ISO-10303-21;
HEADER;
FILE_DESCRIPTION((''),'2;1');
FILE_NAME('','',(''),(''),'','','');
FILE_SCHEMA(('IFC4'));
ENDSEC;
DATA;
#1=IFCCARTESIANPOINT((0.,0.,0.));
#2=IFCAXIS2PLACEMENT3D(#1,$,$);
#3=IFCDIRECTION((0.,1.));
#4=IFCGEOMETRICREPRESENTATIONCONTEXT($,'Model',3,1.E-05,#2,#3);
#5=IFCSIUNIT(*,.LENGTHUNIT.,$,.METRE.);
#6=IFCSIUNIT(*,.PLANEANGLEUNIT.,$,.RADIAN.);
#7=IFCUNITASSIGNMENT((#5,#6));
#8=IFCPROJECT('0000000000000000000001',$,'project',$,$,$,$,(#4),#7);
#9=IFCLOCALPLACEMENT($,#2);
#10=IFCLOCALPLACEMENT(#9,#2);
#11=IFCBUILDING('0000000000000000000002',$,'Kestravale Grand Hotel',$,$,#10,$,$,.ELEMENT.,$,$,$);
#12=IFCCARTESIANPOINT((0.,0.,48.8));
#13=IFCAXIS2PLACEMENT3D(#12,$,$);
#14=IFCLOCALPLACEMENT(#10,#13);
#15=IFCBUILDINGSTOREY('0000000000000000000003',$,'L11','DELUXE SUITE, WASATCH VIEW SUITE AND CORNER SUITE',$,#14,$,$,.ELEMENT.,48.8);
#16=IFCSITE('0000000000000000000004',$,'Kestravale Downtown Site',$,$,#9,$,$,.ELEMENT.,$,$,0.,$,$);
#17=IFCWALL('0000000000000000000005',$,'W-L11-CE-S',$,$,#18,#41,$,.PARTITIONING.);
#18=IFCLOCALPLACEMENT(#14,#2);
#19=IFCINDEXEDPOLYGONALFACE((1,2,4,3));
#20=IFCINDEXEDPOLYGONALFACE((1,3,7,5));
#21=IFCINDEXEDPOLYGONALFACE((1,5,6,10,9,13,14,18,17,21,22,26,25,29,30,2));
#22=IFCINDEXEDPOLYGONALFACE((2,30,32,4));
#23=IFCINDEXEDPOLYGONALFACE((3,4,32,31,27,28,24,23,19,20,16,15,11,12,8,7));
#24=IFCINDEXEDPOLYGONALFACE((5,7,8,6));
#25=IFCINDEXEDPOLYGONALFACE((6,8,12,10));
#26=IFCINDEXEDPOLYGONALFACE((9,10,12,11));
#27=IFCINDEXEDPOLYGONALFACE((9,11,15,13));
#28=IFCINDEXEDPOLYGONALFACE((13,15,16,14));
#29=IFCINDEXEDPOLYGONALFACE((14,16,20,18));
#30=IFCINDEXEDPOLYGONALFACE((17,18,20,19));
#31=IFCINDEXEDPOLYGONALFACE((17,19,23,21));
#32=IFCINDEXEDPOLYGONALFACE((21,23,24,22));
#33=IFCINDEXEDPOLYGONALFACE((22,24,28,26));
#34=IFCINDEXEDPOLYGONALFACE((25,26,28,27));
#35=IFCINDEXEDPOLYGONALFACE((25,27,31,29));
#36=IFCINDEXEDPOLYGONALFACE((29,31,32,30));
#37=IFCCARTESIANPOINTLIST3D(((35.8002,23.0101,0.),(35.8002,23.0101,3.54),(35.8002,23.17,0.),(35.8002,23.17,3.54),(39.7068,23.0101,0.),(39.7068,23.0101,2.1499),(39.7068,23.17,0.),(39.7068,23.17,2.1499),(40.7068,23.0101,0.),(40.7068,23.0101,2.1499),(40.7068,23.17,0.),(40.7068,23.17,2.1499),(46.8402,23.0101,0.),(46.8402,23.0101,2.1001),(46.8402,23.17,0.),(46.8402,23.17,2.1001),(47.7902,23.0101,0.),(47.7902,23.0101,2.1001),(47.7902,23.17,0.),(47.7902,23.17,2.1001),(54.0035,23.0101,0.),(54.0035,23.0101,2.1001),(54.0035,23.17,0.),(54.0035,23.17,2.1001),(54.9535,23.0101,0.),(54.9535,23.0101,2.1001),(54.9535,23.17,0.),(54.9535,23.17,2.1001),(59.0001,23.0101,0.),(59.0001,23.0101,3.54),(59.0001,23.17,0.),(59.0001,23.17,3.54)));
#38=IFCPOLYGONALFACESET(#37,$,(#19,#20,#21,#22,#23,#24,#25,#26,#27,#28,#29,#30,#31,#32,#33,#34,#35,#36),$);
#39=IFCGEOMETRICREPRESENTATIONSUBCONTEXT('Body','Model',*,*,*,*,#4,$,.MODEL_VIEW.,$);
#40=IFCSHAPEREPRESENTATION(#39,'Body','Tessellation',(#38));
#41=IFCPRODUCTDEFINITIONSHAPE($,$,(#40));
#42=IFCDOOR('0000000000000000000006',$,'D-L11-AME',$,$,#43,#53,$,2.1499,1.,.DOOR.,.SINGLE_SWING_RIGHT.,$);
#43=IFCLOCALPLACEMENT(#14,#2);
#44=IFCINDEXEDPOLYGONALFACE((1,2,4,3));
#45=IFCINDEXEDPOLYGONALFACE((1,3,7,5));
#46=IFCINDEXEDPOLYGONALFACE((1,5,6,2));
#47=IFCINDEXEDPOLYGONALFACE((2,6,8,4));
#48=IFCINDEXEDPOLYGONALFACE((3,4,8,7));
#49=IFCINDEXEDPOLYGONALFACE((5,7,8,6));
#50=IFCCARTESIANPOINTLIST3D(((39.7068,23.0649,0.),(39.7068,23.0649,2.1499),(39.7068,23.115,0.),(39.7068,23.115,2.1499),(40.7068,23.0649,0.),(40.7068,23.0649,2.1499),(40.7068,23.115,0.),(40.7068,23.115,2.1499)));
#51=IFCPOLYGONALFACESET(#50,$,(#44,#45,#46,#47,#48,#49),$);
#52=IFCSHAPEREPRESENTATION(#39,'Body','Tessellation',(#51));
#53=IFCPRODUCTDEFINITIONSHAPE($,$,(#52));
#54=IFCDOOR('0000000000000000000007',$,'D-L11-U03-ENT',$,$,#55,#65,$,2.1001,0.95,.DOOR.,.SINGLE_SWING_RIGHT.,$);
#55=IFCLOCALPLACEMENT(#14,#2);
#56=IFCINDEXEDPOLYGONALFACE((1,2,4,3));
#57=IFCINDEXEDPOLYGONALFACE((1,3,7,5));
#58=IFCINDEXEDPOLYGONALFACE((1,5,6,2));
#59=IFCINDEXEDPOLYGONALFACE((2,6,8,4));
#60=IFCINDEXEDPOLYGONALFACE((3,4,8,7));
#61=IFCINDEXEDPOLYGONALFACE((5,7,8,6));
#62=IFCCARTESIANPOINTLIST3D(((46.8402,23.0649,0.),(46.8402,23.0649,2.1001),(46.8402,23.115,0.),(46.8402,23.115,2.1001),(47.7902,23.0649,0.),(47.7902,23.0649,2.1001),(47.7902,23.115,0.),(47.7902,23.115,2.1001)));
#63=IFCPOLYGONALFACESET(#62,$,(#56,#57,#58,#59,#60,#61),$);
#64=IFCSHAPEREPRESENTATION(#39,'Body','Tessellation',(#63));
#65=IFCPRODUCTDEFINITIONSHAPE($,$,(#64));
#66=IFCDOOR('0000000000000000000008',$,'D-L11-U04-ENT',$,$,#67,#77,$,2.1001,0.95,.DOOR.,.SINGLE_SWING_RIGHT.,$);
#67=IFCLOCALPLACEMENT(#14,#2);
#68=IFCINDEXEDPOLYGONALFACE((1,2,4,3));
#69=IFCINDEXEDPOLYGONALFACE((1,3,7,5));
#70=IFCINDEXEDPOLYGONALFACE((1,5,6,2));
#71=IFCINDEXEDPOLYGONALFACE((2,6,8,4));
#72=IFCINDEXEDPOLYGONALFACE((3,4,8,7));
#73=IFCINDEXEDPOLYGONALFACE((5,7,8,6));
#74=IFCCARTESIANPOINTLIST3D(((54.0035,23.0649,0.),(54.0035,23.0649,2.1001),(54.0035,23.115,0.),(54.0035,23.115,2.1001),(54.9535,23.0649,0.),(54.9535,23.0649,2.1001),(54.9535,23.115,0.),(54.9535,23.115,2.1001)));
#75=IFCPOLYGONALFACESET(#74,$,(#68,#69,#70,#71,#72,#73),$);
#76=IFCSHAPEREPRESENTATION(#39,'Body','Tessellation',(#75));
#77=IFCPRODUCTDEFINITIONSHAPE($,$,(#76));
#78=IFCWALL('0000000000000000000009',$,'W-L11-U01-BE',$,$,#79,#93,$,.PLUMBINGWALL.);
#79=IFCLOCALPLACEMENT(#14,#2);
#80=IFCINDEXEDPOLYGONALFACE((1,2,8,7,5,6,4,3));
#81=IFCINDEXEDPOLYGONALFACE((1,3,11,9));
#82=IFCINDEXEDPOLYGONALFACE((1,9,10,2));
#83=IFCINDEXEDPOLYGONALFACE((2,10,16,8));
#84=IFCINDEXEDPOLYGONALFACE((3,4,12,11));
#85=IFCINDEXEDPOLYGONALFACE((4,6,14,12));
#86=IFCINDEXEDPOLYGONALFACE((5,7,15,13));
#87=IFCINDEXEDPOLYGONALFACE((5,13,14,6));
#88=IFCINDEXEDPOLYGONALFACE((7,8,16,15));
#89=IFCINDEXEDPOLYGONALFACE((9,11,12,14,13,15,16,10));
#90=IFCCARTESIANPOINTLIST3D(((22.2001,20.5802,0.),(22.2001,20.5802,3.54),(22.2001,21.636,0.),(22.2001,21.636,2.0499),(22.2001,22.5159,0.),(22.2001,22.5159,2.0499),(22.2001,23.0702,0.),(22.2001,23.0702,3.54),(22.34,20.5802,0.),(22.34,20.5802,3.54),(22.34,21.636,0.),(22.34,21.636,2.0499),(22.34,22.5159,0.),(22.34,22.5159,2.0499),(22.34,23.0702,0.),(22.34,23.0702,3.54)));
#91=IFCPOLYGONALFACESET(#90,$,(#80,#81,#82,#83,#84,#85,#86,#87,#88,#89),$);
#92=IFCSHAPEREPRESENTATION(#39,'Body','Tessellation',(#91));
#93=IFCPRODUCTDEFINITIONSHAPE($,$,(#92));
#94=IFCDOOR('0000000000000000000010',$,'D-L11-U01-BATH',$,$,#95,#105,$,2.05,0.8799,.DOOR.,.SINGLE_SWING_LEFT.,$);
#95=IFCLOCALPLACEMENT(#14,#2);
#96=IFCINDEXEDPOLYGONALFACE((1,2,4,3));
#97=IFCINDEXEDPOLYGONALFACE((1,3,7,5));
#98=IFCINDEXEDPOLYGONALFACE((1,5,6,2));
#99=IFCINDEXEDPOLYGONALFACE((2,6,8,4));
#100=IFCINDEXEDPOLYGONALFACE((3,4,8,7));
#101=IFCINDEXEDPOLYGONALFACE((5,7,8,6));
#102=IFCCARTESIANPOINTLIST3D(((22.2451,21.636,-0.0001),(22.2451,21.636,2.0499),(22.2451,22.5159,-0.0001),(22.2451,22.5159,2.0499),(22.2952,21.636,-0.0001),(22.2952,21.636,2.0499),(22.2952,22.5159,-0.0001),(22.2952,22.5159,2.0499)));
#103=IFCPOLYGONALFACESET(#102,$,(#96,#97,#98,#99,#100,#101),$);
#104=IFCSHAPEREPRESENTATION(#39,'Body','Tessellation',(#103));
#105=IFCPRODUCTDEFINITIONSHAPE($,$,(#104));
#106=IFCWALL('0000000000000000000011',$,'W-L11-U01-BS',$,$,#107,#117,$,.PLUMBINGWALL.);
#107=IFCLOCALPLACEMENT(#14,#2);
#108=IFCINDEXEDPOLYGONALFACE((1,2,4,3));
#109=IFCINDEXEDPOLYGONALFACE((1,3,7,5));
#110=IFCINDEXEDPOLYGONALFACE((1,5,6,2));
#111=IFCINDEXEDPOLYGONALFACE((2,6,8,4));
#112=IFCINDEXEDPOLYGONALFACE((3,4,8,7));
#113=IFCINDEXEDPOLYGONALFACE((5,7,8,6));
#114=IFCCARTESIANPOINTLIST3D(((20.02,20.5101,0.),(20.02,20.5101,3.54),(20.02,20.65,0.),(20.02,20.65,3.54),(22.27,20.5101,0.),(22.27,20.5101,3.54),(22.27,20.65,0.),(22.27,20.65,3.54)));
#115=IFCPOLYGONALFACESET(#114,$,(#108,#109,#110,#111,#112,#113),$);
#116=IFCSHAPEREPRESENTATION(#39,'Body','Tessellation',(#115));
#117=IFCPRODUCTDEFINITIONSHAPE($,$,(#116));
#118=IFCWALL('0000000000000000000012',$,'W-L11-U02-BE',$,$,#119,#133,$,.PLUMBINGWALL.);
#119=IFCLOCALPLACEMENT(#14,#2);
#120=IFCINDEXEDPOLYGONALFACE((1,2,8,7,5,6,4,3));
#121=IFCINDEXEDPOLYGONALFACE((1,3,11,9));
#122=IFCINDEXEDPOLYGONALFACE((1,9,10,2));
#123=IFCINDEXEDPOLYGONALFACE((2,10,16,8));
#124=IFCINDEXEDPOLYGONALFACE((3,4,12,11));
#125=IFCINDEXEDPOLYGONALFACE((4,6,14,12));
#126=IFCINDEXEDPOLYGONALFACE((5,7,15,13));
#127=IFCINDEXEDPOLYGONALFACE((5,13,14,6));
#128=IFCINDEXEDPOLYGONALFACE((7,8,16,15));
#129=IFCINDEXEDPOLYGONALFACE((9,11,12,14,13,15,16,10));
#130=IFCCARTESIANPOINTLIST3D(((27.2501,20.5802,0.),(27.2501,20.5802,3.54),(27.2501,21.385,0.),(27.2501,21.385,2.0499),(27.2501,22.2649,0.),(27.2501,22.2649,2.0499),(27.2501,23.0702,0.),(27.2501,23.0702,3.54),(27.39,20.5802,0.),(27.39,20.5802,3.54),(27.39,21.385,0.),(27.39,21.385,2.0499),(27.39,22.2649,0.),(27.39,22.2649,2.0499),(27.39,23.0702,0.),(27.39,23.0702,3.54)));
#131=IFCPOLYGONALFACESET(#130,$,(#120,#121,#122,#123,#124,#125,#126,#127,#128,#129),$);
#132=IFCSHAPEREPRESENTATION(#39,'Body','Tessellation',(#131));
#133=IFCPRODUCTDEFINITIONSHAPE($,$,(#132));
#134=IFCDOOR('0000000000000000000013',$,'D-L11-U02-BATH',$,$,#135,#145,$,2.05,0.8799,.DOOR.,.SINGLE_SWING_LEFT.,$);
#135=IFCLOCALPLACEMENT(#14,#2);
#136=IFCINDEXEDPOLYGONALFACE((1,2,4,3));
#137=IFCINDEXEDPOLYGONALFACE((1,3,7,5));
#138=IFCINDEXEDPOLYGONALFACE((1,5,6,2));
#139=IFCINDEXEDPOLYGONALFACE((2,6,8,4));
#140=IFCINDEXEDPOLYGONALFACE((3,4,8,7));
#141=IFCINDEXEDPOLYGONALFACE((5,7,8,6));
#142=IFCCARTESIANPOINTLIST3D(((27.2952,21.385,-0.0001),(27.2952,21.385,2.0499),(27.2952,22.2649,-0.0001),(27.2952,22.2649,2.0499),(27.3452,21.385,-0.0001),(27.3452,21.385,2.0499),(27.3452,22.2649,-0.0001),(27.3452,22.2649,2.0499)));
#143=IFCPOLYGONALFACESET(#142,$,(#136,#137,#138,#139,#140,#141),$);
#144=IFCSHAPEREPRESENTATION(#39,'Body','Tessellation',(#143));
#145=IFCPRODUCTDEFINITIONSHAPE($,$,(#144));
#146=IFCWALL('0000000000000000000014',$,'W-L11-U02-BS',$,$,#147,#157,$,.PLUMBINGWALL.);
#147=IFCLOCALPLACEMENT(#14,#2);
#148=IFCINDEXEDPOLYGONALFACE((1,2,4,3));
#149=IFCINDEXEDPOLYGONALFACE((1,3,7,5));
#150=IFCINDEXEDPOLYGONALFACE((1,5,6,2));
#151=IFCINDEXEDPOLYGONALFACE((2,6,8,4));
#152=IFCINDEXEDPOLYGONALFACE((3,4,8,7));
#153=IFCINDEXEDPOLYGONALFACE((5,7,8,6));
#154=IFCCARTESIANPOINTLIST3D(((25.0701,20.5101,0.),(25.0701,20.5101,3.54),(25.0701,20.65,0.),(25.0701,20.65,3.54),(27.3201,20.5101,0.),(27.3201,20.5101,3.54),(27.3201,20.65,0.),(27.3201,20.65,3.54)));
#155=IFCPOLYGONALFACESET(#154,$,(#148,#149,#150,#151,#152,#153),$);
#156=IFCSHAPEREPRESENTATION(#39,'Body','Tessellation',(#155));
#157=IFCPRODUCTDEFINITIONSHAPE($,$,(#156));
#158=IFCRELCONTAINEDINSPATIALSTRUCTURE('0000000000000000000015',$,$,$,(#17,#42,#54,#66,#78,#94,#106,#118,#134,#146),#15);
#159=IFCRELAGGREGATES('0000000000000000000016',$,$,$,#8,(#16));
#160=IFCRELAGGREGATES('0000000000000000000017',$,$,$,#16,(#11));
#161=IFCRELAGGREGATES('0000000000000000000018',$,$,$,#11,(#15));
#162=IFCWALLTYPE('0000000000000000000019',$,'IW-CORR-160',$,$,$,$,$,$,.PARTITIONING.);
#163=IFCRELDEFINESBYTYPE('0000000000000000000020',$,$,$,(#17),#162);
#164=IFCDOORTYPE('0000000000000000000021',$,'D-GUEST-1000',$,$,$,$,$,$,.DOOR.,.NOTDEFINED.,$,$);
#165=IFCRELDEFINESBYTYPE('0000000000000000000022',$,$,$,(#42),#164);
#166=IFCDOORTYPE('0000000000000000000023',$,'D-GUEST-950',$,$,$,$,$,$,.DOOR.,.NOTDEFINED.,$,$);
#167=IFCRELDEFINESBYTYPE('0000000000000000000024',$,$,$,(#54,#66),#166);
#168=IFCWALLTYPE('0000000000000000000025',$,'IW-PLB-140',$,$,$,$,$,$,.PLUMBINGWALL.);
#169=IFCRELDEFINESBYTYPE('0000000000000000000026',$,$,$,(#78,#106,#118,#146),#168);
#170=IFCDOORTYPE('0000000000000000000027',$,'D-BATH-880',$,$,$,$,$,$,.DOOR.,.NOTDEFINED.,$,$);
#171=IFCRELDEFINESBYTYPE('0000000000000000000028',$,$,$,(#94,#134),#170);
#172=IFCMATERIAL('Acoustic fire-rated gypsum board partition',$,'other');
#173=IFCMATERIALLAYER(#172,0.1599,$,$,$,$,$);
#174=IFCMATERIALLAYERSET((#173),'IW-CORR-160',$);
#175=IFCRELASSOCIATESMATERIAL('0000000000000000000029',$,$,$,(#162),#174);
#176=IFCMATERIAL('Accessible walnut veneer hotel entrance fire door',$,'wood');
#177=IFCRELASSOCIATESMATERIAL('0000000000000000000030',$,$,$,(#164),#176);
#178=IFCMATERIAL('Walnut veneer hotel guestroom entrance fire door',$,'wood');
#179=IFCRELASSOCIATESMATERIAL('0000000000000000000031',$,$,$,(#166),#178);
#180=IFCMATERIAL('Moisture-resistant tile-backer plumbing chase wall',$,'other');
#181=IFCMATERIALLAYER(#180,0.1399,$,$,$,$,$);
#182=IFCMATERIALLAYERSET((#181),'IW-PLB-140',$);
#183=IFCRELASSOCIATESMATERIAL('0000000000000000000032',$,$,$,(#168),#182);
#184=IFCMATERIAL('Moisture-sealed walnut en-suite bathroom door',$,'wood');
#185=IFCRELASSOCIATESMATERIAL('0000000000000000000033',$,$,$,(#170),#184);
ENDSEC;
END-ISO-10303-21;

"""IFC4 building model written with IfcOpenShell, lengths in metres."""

from ifc_helpers import new_model, si_unit, direction, frame, frame_2d, origin, place, context, subcontext, project, spatial, rectangle, extrude, material, layer, layer_set, type_object, element, fill, save


model = new_model("IFC4")

# Units and contexts
model_context = context("Model", 3, precision=1e-05, world=origin(), true_north=direction((0.0, 1.0)))
body_context = subcontext(model_context, "Body", "Model", "MODEL_VIEW")
ifc_project = project(units=[si_unit("LENGTHUNIT", "METRE"), si_unit("PLANEANGLEUNIT", "RADIAN")], contexts=[model_context])

# Site, building, storey
site_placement = place(None, origin())
site = spatial("IfcSite", under=ifc_project, at=site_placement, Name="Kestravale Downtown Site", CompositionType="ELEMENT", RefElevation=0.0)
building_placement = place(site_placement, origin())
building = spatial("IfcBuilding", under=site, at=building_placement, Name="Kestravale Grand Hotel", CompositionType="ELEMENT")
storey_placement = place(building_placement, frame((0.0, 0.0, 48.8)))
storey = spatial("IfcBuildingStorey", under=building, at=storey_placement, Name="L11", Description="DELUXE SUITE, WASATCH VIEW SUITE AND CORNER SUITE", CompositionType="ELEMENT", Elevation=48.8)

# Shared definitions
ifc_material_1 = material(Name="Acoustic fire-rated gypsum board partition", Category="other")
ifc_layer_1 = layer(ifc_material_1, 0.1599)
ifc_layer_set_1 = layer_set([ifc_layer_1], Name="IW-CORR-160")
wall_type_1 = type_object("IfcWallType", Name="IW-CORR-160", PredefinedType="PARTITIONING", material=ifc_layer_set_1)

# Wall, openings, doors
wall_1_placement = place(storey_placement, frame((35.8, 23.0901, 0.0), z_axis=(0.0, 0.0, 1.0), x_axis=(1.0, 0.0, 0.0)))
wall_1 = element("IfcWall", 1, at=wall_1_placement, inside=storey, type_object=wall_type_1, Name="W-L11-CE-S", PredefinedType="PARTITIONING", context=body_context, shape_type="SweptSolid", body=[
    extrude(rectangle(XDim=23.2, YDim=0.1599, at=frame_2d((11.6001, 0.0))), origin(), (0.0, 0.0, 1.0), 3.54),
])
opening_1_placement = place(wall_1_placement, frame((3.9067, 0.0, 0.0)))
opening_1 = element("IfcOpeningElement", 2, at=opening_1_placement, cuts=wall_1, PredefinedType="OPENING", context=body_context, shape_type="SweptSolid", body=[
    extrude(rectangle(XDim=1.0, YDim=2.1499, at=frame_2d((0.5, 1.075))), frame((0.0, 0.0898, 0.0), z_axis=(0.0, -1.0, 0.0), x_axis=(1.0, 0.0, 0.0)), (0.0, 0.0, 1.0), 0.1799),
])
opening_2_placement = place(wall_1_placement, frame((11.04, 0.0, 0.0)))
opening_2 = element("IfcOpeningElement", 3, at=opening_2_placement, cuts=wall_1, PredefinedType="OPENING", context=body_context, shape_type="SweptSolid", body=[
    extrude(rectangle(XDim=0.95, YDim=2.1001, at=frame_2d((0.4751, 1.05))), frame((0.0, 0.0898, 0.0), z_axis=(0.0, -1.0, 0.0), x_axis=(1.0, 0.0, 0.0)), (0.0, 0.0, 1.0), 0.1799),
])
opening_3_placement = place(wall_1_placement, frame((18.2034, 0.0, 0.0)))
opening_3 = element("IfcOpeningElement", 4, at=opening_3_placement, cuts=wall_1, PredefinedType="OPENING", context=body_context, shape_type="SweptSolid", body=[
    extrude(rectangle(XDim=0.95, YDim=2.1001, at=frame_2d((0.4751, 1.05))), frame((0.0, 0.0898, 0.0), z_axis=(0.0, -1.0, 0.0), x_axis=(1.0, 0.0, 0.0)), (0.0, 0.0, 1.0), 0.1799),
])
ifc_material_2 = material(Name="Accessible walnut veneer hotel entrance fire door", Category="wood")
door_type_1 = type_object("IfcDoorType", Name="D-GUEST-1000", OperationType="NOTDEFINED", PredefinedType="DOOR", material=ifc_material_2)
door_1_placement = place(opening_1_placement, origin())
door_1 = element("IfcDoor", 5, at=door_1_placement, inside=storey, type_object=door_type_1, Name="D-L11-AME", OperationType="SINGLE_SWING_RIGHT", OverallHeight=2.1499, OverallWidth=1.0, PredefinedType="DOOR", context=body_context, shape_type="SweptSolid", body=[
    extrude(rectangle(XDim=1.0, YDim=2.1499, at=frame_2d((0.5, 1.075))), frame((0.0, 0.0249, 0.0), z_axis=(0.0, -1.0, 0.0), x_axis=(1.0, 0.0, 0.0)), (0.0, 0.0, 1.0), 0.05),
])
fill(opening_1, door_1)
ifc_material_3 = material(Name="Walnut veneer hotel guestroom entrance fire door", Category="wood")
door_type_2 = type_object("IfcDoorType", Name="D-GUEST-950", OperationType="NOTDEFINED", PredefinedType="DOOR", material=ifc_material_3)
door_2_placement = place(opening_2_placement, origin())
door_2 = element("IfcDoor", 6, at=door_2_placement, inside=storey, type_object=door_type_2, Name="D-L11-U03-ENT", OperationType="SINGLE_SWING_RIGHT", OverallHeight=2.1001, OverallWidth=0.95, PredefinedType="DOOR", context=body_context, shape_type="SweptSolid", body=[
    extrude(rectangle(XDim=0.95, YDim=2.1001, at=frame_2d((0.4751, 1.05))), frame((0.0, 0.0249, 0.0), z_axis=(0.0, -1.0, 0.0), x_axis=(1.0, 0.0, 0.0)), (0.0, 0.0, 1.0), 0.05),
])
fill(opening_2, door_2)
door_3_placement = place(opening_3_placement, origin())
door_3 = element("IfcDoor", 7, at=door_3_placement, inside=storey, type_object=door_type_2, Name="D-L11-U04-ENT", OperationType="SINGLE_SWING_RIGHT", OverallHeight=2.1001, OverallWidth=0.95, PredefinedType="DOOR", context=body_context, shape_type="SweptSolid", body=[
    extrude(rectangle(XDim=0.95, YDim=2.1001, at=frame_2d((0.4751, 1.05))), frame((0.0, 0.0249, 0.0), z_axis=(0.0, -1.0, 0.0), x_axis=(1.0, 0.0, 0.0)), (0.0, 0.0, 1.0), 0.05),
])
fill(opening_3, door_3)

# Wall, opening, door
ifc_material_4 = material(Name="Moisture-resistant tile-backer plumbing chase wall", Category="other")
ifc_layer_2 = layer(ifc_material_4, 0.1399)
ifc_layer_set_2 = layer_set([ifc_layer_2], Name="IW-PLB-140")
wall_type_2 = type_object("IfcWallType", Name="IW-PLB-140", PredefinedType="PLUMBINGWALL", material=ifc_layer_set_2)
wall_2_placement = place(storey_placement, frame((22.27, 20.5801, 0.0), z_axis=(0.0, 0.0, 1.0), x_axis=(0.0, 1.0, 0.0)))
wall_2 = element("IfcWall", 8, at=wall_2_placement, inside=storey, type_object=wall_type_2, Name="W-L11-U01-BE", PredefinedType="PLUMBINGWALL", context=body_context, shape_type="SweptSolid", body=[
    extrude(rectangle(XDim=2.49, YDim=0.1399, at=frame_2d((1.2451, 0.0))), origin(), (0.0, 0.0, 1.0), 3.54),
])
opening_4_placement = place(wall_2_placement, frame((1.0559, 0.0, 0.0)))
opening_4 = element("IfcOpeningElement", 9, at=opening_4_placement, cuts=wall_2, PredefinedType="OPENING", context=body_context, shape_type="SweptSolid", body=[
    extrude(rectangle(XDim=0.8799, YDim=2.05, at=frame_2d((0.4399, 1.0249))), frame((0.0, 0.0798, 0.0), z_axis=(0.0, -1.0, 0.0), x_axis=(1.0, 0.0, 0.0)), (0.0, 0.0, 1.0), 0.1599),
])
ifc_material_5 = material(Name="Moisture-sealed walnut en-suite bathroom door", Category="wood")
door_type_3 = type_object("IfcDoorType", Name="D-BATH-880", OperationType="NOTDEFINED", PredefinedType="DOOR", material=ifc_material_5)
door_4_placement = place(opening_4_placement, origin())
door_4 = element("IfcDoor", 10, at=door_4_placement, inside=storey, type_object=door_type_3, Name="D-L11-U01-BATH", OperationType="SINGLE_SWING_LEFT", OverallHeight=2.05, OverallWidth=0.8799, PredefinedType="DOOR", context=body_context, shape_type="SweptSolid", body=[
    extrude(rectangle(XDim=0.8799, YDim=2.05, at=frame_2d((0.4399, 1.0249))), frame((0.0, 0.0249, 0.0), z_axis=(0.0, -1.0, 0.0), x_axis=(1.0, 0.0, 0.0)), (0.0, 0.0, 1.0), 0.05),
])
fill(opening_4, door_4)

# Wall
wall_3_placement = place(storey_placement, frame((20.02, 20.5801, 0.0), z_axis=(0.0, 0.0, 1.0), x_axis=(1.0, 0.0, 0.0)))
element("IfcWall", 11, at=wall_3_placement, inside=storey, type_object=wall_type_2, Name="W-L11-U01-BS", PredefinedType="PLUMBINGWALL", context=body_context, shape_type="SweptSolid", body=[
    extrude(rectangle(XDim=2.25, YDim=0.1399, at=frame_2d((1.125, 0.0))), origin(), (0.0, 0.0, 1.0), 3.54),
])

# Wall, opening, door
wall_4_placement = place(storey_placement, frame((27.3201, 20.5801, 0.0), z_axis=(0.0, 0.0, 1.0), x_axis=(0.0, 1.0, 0.0)))
wall_4 = element("IfcWall", 12, at=wall_4_placement, inside=storey, type_object=wall_type_2, Name="W-L11-U02-BE", PredefinedType="PLUMBINGWALL", context=body_context, shape_type="SweptSolid", body=[
    extrude(rectangle(XDim=2.49, YDim=0.1399, at=frame_2d((1.2451, 0.0))), origin(), (0.0, 0.0, 1.0), 3.54),
])
opening_5_placement = place(wall_4_placement, frame((0.8049, 0.0, 0.0)))
opening_5 = element("IfcOpeningElement", 13, at=opening_5_placement, cuts=wall_4, PredefinedType="OPENING", context=body_context, shape_type="SweptSolid", body=[
    extrude(rectangle(XDim=0.8799, YDim=2.05, at=frame_2d((0.4399, 1.0249))), frame((0.0, 0.0798, 0.0), z_axis=(0.0, -1.0, 0.0), x_axis=(1.0, 0.0, 0.0)), (0.0, 0.0, 1.0), 0.1599),
])
door_5_placement = place(opening_5_placement, origin())
door_5 = element("IfcDoor", 14, at=door_5_placement, inside=storey, type_object=door_type_3, Name="D-L11-U02-BATH", OperationType="SINGLE_SWING_LEFT", OverallHeight=2.05, OverallWidth=0.8799, PredefinedType="DOOR", context=body_context, shape_type="SweptSolid", body=[
    extrude(rectangle(XDim=0.8799, YDim=2.05, at=frame_2d((0.4399, 1.0249))), frame((0.0, 0.0249, 0.0), z_axis=(0.0, -1.0, 0.0), x_axis=(1.0, 0.0, 0.0)), (0.0, 0.0, 1.0), 0.05),
])
fill(opening_5, door_5)

# Wall
wall_5_placement = place(storey_placement, frame((25.0701, 20.5801, 0.0), z_axis=(0.0, 0.0, 1.0), x_axis=(1.0, 0.0, 0.0)))
element("IfcWall", 15, at=wall_5_placement, inside=storey, type_object=wall_type_2, Name="W-L11-U02-BS", PredefinedType="PLUMBINGWALL", context=body_context, shape_type="SweptSolid", body=[
    extrude(rectangle(XDim=2.25, YDim=0.1399, at=frame_2d((1.125, 0.0))), origin(), (0.0, 0.0, 1.0), 3.54),
])

save(model, "model.ifc")
